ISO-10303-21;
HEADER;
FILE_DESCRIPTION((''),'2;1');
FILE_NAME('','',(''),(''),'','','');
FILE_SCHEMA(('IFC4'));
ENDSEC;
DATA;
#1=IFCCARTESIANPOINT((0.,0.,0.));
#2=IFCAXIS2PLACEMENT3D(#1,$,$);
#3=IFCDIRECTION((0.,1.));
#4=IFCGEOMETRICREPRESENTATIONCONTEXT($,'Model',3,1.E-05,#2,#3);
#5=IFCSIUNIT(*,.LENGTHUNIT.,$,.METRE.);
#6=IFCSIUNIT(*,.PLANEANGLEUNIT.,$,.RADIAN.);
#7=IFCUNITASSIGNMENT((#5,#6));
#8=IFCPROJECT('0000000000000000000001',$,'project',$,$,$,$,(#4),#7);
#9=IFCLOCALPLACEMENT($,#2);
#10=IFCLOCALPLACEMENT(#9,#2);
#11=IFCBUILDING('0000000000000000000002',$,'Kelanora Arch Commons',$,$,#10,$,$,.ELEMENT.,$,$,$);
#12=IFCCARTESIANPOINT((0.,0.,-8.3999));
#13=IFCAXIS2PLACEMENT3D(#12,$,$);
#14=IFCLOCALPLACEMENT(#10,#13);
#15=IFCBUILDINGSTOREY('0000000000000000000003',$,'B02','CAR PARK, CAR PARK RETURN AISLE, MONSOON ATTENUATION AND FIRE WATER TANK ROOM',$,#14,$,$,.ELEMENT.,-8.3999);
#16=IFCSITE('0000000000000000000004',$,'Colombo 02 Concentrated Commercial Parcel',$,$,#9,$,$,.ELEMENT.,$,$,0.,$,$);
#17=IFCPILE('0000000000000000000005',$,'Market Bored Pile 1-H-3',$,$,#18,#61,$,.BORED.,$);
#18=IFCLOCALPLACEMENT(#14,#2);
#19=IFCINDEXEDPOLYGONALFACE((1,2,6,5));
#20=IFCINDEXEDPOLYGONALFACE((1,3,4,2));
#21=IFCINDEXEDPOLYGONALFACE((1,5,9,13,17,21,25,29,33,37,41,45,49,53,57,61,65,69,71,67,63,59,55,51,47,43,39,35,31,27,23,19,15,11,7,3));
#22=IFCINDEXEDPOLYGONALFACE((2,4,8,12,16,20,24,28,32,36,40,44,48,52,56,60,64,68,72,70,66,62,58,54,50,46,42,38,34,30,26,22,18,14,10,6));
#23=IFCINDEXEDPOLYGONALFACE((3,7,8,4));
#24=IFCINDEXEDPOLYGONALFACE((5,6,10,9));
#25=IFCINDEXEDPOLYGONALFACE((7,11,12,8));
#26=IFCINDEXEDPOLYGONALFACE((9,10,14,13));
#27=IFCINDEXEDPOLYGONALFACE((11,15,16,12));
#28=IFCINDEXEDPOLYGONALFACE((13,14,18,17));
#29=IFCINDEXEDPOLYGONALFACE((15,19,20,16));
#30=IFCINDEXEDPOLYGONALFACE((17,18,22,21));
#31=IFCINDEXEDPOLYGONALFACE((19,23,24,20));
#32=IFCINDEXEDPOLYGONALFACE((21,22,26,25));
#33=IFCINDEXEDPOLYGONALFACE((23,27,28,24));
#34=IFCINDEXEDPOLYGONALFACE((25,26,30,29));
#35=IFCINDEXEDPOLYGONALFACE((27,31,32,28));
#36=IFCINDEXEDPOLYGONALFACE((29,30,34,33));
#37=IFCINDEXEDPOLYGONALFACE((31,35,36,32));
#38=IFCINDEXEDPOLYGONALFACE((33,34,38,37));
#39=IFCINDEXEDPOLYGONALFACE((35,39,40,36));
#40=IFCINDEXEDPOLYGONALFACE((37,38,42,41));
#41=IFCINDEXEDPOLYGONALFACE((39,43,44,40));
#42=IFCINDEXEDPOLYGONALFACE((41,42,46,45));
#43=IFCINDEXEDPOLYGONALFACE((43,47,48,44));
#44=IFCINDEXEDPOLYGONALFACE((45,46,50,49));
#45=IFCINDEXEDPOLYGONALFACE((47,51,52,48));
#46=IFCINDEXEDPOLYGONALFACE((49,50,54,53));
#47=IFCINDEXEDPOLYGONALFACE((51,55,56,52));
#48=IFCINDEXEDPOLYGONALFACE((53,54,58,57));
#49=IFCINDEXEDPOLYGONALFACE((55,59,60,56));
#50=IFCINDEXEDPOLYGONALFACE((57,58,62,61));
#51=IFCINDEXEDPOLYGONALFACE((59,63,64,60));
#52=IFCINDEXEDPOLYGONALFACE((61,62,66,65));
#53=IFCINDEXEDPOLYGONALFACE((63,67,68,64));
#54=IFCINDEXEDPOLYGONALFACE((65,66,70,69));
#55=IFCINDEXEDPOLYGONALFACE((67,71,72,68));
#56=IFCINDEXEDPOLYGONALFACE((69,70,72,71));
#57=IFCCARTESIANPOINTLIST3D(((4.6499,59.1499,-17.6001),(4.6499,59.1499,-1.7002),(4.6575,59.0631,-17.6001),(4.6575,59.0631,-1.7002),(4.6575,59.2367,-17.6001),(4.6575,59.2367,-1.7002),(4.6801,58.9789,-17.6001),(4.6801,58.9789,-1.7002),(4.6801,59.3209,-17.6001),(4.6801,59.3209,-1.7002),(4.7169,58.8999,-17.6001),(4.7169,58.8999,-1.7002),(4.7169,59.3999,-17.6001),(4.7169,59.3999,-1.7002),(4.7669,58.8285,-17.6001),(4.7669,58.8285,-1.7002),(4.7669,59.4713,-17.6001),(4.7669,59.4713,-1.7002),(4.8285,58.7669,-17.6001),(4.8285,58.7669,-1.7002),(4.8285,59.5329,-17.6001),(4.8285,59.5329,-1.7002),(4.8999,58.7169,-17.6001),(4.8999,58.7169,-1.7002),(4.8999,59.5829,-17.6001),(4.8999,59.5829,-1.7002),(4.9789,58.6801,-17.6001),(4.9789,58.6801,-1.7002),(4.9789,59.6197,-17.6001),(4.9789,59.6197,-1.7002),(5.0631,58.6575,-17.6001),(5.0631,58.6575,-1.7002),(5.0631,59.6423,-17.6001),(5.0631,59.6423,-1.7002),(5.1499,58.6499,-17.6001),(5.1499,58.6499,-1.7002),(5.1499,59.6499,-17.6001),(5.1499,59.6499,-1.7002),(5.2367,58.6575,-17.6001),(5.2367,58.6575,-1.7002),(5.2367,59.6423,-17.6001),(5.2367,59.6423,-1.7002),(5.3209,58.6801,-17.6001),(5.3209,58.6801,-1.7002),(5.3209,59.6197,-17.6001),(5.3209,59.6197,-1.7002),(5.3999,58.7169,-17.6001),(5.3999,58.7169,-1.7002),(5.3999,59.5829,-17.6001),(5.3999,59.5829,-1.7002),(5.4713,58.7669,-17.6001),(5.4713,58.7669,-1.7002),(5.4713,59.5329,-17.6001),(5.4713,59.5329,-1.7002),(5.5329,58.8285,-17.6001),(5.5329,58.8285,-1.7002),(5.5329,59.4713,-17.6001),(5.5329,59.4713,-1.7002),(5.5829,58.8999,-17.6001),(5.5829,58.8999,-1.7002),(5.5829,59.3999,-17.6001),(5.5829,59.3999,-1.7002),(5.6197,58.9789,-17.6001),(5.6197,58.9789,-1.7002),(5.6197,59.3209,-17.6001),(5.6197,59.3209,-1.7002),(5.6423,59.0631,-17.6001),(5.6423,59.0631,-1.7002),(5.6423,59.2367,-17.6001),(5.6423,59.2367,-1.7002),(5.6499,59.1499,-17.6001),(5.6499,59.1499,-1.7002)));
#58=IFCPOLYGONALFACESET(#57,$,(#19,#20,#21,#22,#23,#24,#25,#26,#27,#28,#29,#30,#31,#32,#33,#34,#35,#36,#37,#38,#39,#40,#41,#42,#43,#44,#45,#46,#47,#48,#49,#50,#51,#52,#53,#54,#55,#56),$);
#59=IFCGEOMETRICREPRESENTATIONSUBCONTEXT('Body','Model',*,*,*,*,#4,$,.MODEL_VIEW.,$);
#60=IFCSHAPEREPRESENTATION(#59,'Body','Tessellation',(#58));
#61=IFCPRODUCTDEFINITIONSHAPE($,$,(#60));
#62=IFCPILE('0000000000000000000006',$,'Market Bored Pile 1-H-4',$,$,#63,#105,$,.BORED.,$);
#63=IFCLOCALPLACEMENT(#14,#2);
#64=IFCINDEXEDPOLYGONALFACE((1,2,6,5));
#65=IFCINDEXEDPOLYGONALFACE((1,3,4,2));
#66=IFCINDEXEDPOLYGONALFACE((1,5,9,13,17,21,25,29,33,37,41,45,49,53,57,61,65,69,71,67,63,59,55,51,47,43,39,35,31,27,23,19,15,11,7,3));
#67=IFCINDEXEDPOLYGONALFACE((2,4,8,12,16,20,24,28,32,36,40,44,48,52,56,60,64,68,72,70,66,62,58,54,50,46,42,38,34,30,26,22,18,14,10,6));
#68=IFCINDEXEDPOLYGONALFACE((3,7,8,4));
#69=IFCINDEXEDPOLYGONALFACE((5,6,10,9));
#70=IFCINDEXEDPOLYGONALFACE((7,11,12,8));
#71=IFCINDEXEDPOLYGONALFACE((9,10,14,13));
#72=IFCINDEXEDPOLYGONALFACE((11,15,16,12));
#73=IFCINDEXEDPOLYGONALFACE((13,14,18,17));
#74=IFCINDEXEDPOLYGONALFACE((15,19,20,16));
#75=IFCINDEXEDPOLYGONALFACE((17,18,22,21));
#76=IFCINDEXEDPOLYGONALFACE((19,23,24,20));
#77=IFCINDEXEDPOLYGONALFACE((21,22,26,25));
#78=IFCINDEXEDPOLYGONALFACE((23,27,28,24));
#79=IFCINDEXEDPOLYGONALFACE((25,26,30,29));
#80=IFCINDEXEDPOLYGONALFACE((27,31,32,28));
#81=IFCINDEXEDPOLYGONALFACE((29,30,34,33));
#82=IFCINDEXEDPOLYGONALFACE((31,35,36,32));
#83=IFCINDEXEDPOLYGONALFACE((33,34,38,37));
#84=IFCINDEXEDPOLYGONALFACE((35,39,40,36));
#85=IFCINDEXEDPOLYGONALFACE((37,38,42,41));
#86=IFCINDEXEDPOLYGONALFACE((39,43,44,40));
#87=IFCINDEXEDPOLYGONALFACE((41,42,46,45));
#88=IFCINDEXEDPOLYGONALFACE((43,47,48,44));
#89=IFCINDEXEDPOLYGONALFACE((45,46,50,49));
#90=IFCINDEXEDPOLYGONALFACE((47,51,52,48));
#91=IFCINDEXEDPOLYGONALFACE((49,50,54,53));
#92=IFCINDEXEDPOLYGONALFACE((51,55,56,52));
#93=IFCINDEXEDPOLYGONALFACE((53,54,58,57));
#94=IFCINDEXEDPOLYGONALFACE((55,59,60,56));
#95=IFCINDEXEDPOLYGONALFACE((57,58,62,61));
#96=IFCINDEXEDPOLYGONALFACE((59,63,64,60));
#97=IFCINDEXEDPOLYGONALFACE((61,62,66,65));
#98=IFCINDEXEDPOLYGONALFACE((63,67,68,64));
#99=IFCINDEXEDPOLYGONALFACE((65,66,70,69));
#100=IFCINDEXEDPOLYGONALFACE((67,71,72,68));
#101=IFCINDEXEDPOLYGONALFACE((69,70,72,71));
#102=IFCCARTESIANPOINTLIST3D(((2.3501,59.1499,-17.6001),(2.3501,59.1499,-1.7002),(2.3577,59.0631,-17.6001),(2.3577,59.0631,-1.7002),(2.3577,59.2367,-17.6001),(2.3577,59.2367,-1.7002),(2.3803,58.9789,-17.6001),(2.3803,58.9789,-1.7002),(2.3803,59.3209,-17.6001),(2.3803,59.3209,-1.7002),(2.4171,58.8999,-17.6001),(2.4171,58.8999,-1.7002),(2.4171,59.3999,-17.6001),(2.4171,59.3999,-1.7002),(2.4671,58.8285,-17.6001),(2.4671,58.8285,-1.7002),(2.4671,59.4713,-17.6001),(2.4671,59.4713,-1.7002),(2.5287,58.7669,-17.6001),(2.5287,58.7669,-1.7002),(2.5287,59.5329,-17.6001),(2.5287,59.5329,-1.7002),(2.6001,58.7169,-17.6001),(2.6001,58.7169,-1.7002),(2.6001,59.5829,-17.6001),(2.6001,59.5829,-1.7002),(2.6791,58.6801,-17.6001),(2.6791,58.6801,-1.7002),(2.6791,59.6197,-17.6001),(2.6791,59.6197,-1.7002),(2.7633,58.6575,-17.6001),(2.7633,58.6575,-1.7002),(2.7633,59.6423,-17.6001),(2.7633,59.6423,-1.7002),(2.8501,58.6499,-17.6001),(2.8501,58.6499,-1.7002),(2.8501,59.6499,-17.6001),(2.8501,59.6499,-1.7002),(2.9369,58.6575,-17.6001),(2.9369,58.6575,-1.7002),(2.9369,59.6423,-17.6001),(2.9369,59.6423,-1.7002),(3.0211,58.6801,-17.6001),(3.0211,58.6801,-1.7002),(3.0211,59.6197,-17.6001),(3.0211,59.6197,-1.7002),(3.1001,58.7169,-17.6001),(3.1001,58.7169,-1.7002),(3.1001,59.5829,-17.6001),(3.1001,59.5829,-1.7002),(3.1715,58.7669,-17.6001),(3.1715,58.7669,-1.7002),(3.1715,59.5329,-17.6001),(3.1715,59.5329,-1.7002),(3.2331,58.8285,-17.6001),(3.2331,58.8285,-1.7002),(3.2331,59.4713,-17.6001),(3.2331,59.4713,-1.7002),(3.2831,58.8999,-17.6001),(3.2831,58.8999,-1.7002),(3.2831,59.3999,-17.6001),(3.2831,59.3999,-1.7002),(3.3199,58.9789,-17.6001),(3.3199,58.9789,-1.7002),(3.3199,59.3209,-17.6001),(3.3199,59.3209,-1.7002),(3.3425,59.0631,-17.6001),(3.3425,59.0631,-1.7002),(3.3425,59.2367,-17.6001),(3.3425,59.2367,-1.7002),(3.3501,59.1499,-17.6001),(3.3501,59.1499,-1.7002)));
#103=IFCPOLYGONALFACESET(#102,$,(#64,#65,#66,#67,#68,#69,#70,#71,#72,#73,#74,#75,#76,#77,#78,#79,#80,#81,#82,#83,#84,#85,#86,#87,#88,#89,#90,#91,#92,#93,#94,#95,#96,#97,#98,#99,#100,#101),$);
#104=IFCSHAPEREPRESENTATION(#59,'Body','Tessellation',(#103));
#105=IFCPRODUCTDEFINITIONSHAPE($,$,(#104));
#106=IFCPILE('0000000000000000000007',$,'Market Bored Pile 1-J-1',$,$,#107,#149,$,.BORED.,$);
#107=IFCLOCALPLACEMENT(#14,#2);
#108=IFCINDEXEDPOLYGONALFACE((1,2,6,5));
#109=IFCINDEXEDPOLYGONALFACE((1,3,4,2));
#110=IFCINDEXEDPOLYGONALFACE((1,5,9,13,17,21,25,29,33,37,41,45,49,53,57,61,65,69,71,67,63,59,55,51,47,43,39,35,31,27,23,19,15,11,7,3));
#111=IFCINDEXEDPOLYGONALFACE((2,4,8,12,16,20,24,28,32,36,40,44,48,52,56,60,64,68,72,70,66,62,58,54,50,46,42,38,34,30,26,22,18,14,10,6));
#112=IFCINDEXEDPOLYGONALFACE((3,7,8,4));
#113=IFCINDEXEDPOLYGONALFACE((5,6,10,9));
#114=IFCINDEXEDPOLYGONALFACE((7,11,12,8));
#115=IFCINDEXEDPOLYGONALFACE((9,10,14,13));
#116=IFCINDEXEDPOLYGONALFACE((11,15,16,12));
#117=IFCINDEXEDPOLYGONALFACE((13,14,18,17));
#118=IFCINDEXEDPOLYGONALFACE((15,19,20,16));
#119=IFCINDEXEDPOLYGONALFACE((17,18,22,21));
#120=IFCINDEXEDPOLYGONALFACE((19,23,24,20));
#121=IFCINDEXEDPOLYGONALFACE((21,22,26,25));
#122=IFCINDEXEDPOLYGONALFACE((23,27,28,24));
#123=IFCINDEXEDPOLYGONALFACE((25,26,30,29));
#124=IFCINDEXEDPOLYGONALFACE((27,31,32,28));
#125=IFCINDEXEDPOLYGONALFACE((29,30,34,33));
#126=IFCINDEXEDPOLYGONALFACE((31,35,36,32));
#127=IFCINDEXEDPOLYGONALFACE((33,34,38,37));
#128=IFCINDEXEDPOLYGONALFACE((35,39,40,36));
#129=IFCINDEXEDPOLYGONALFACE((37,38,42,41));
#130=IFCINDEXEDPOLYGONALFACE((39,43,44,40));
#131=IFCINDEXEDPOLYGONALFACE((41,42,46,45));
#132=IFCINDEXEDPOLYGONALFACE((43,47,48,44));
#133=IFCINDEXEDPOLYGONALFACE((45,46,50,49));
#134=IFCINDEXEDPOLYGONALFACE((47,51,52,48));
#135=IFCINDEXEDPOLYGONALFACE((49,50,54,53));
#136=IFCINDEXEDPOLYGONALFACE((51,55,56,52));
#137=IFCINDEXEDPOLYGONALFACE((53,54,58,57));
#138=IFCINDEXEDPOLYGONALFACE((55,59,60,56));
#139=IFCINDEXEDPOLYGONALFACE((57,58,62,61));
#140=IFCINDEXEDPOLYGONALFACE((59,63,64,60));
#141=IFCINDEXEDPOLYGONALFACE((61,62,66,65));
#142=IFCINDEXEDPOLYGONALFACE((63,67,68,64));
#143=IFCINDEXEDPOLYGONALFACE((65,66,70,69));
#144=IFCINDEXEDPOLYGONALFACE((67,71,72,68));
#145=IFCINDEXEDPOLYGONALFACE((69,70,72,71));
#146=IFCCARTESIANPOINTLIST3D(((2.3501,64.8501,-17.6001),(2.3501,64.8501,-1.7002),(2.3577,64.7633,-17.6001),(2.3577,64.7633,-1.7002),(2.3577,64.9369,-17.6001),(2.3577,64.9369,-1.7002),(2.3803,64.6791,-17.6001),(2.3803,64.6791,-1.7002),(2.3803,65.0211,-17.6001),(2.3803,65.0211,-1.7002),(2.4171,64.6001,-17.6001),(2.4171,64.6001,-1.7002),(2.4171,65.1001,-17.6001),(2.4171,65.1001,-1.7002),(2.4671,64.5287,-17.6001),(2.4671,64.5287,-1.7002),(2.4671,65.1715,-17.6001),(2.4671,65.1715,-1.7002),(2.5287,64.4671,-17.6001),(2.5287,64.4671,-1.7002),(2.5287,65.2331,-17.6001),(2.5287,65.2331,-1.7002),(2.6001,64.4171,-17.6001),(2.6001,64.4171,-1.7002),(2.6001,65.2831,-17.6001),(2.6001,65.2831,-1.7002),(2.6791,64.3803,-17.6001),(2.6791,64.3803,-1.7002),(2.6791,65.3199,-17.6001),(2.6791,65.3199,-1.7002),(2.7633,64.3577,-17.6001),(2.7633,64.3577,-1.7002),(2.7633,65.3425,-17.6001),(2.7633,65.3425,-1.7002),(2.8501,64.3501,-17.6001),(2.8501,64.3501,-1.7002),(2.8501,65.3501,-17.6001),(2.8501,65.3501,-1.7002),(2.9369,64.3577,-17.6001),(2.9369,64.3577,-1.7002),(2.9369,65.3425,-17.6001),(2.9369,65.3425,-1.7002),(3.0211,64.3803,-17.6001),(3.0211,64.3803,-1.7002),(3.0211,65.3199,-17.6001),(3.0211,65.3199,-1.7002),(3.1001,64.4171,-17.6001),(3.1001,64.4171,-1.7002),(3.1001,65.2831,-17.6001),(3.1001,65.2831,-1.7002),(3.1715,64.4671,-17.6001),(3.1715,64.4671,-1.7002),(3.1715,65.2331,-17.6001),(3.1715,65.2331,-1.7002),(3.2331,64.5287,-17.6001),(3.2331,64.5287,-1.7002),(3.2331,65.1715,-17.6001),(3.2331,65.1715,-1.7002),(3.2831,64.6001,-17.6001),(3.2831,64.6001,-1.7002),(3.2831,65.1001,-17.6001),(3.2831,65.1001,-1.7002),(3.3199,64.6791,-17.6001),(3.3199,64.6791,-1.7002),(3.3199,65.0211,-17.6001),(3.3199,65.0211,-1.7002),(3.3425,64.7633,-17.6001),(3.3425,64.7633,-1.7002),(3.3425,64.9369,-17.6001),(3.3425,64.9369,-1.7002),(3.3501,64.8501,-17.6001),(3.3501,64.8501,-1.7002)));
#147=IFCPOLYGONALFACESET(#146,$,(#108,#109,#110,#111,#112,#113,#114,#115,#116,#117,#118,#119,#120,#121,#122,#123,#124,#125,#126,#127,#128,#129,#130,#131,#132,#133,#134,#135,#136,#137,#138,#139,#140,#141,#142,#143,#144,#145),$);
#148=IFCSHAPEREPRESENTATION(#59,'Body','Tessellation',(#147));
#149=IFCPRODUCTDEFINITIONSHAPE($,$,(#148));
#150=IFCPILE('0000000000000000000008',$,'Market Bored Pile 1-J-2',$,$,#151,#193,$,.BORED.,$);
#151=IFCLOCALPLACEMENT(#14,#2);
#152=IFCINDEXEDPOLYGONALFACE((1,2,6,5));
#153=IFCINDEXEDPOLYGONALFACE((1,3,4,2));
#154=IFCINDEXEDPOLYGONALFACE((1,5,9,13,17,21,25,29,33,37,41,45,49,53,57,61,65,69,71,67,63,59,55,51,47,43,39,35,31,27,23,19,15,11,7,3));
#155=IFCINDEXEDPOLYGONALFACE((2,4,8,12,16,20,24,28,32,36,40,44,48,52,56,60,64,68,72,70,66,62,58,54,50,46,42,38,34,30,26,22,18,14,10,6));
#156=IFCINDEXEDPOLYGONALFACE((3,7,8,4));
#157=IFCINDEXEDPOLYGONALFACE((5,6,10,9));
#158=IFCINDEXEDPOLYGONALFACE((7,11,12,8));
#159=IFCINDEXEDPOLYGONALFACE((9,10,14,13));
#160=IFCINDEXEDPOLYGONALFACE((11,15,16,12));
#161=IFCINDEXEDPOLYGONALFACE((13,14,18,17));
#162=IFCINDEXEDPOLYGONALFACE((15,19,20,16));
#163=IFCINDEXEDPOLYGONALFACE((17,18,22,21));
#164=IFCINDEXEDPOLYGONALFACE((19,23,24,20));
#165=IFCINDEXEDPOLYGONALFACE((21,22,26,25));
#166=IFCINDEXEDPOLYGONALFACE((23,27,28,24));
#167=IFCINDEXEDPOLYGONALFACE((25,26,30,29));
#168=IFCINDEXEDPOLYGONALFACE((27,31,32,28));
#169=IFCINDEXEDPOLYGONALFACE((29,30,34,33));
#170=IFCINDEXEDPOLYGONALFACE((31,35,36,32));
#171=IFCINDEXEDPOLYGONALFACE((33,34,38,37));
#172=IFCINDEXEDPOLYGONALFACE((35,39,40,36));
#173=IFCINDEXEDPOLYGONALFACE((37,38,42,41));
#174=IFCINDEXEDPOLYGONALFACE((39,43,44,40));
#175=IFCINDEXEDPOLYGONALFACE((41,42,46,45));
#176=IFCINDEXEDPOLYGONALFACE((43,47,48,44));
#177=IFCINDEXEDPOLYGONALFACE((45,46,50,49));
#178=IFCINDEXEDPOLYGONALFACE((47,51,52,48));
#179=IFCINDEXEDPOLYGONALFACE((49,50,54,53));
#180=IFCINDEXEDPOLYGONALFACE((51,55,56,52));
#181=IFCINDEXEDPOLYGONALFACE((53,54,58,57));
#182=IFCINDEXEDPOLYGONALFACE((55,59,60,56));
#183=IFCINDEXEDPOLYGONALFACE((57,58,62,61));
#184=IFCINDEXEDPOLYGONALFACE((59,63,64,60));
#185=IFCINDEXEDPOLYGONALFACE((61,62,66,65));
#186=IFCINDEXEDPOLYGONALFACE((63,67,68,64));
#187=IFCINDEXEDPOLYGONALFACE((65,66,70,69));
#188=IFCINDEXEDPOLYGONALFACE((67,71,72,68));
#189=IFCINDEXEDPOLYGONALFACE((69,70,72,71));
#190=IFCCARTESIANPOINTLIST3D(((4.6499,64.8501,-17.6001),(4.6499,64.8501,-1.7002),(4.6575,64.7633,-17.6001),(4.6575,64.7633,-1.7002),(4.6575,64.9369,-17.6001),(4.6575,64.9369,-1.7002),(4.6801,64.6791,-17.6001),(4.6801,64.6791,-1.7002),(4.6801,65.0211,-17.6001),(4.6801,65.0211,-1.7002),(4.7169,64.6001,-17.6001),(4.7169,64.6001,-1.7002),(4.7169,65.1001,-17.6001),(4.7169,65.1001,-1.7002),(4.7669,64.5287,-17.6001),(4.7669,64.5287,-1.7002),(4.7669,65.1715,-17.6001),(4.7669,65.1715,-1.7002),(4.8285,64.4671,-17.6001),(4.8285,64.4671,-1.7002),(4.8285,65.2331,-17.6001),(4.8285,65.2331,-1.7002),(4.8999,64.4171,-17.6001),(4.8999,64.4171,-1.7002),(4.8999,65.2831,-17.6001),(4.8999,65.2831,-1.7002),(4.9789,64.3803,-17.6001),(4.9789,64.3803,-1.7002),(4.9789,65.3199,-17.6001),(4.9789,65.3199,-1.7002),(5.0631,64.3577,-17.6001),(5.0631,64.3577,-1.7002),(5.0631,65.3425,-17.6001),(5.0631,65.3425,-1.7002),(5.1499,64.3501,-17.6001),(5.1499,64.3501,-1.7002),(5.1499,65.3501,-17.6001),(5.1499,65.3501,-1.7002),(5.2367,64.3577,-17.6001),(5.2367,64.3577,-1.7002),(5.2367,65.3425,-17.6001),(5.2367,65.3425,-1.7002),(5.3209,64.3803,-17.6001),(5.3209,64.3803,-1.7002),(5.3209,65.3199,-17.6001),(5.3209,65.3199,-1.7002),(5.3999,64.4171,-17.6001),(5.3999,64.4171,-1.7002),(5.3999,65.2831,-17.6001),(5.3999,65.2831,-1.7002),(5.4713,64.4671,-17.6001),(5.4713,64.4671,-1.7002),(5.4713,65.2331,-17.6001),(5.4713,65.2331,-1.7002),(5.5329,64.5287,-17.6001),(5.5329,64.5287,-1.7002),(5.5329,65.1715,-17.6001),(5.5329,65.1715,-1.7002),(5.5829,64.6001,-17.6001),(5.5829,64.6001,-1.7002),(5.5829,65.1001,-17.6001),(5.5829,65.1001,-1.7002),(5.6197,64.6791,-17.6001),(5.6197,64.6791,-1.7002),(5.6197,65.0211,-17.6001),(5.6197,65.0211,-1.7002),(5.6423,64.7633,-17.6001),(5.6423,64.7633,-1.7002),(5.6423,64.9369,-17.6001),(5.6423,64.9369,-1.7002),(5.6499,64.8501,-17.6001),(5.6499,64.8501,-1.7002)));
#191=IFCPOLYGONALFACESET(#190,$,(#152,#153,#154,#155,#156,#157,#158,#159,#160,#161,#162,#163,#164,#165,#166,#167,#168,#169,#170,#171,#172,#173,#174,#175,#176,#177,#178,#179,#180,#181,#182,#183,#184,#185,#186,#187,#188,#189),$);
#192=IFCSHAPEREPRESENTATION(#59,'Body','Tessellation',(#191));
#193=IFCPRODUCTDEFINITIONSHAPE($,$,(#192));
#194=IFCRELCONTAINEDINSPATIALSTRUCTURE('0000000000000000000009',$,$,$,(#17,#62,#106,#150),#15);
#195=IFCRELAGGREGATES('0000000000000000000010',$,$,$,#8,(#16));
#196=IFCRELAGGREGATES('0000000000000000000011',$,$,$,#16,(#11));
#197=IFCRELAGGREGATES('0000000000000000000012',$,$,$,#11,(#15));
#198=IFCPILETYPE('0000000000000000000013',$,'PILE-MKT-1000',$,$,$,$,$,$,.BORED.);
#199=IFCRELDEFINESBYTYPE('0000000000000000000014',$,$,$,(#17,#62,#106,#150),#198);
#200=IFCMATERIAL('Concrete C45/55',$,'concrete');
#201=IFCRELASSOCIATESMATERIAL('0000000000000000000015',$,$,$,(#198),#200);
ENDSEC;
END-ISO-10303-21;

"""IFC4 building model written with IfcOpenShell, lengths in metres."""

from ifc_helpers import new_model, si_unit, direction, frame, origin, origin_2d, place, context, subcontext, project, spatial, circle, extrude, source, transform, mapped, material, material_profile, profile_set, type_object, element, save


model = new_model("IFC4")

# Units and contexts
model_context = context("Model", 3, precision=1e-05, world=origin(), true_north=direction((0.0, 1.0)))
body_context = subcontext(model_context, "Body", "Model", "MODEL_VIEW")
ifc_project = project(units=[si_unit("LENGTHUNIT", "METRE"), si_unit("PLANEANGLEUNIT", "RADIAN")], contexts=[model_context])

# Site, building, storey
site_placement = place(None, origin())
site = spatial("IfcSite", under=ifc_project, at=site_placement, Name="Colombo 02 Concentrated Commercial Parcel", CompositionType="ELEMENT", RefElevation=0.0)
building_placement = place(site_placement, origin())
building = spatial("IfcBuilding", under=site, at=building_placement, Name="Kelanora Arch Commons", CompositionType="ELEMENT")
storey_placement = place(building_placement, frame((0.0, 0.0, -8.3999)))
storey = spatial("IfcBuildingStorey", under=building, at=storey_placement, Name="B02", Description="CAR PARK, CAR PARK RETURN AISLE, MONSOON ATTENUATION AND FIRE WATER TANK ROOM", CompositionType="ELEMENT", Elevation=-8.3999)

# Piles
ifc_material_1 = material(Name="Concrete C45/55", Category="concrete")
ifc_material_profile_1 = material_profile(ifc_material_1, circle(Radius=0.5, at=origin_2d()), Name="PILE1000")
ifc_profile_set_1 = profile_set([ifc_material_profile_1], Name="Concrete C45/55")
pile_type = type_object("IfcPileType", Name="PILE-MKT-1000", PredefinedType="BORED", material=ifc_profile_set_1)
shared_shape_1 = source(origin(), body_context, "Body", "SweptSolid", [
    extrude(circle(Radius=0.5, at=origin_2d()), origin(), (0.0, 0.0, 1.0), 15.8999),
])
for number, where, z_axis, x_axis, name in (
    (1, (5.1499, 59.1499, -1.7002), (0.0, 0.0, -1.0), (1.0, 0.0, 0.0), "Market Bored Pile 1-H-3"),
    (2, (2.8501, 59.1499, -1.7002), (0.0, 0.0, -1.0), (1.0, 0.0, 0.0), "Market Bored Pile 1-H-4"),
    (3, (2.8501, 64.8501, -1.7002), (0.0, 0.0, -1.0), (1.0, 0.0, 0.0), "Market Bored Pile 1-J-1"),
    (4, (5.1499, 64.8501, -1.7002), (0.0, 0.0, -1.0), (1.0, 0.0, 0.0), "Market Bored Pile 1-J-2"),
):
    element("IfcPile", number, at=place(storey_placement, frame(where, z_axis=z_axis, x_axis=x_axis)), inside=storey, type_object=pile_type, Name=name, PredefinedType="BORED", context=body_context, shape_type="MappedRepresentation", body=[
        mapped(shared_shape_1, transform((0.0, 0.0, 0.0), scale=1.0)),
    ])

save(model, "model.ifc")
